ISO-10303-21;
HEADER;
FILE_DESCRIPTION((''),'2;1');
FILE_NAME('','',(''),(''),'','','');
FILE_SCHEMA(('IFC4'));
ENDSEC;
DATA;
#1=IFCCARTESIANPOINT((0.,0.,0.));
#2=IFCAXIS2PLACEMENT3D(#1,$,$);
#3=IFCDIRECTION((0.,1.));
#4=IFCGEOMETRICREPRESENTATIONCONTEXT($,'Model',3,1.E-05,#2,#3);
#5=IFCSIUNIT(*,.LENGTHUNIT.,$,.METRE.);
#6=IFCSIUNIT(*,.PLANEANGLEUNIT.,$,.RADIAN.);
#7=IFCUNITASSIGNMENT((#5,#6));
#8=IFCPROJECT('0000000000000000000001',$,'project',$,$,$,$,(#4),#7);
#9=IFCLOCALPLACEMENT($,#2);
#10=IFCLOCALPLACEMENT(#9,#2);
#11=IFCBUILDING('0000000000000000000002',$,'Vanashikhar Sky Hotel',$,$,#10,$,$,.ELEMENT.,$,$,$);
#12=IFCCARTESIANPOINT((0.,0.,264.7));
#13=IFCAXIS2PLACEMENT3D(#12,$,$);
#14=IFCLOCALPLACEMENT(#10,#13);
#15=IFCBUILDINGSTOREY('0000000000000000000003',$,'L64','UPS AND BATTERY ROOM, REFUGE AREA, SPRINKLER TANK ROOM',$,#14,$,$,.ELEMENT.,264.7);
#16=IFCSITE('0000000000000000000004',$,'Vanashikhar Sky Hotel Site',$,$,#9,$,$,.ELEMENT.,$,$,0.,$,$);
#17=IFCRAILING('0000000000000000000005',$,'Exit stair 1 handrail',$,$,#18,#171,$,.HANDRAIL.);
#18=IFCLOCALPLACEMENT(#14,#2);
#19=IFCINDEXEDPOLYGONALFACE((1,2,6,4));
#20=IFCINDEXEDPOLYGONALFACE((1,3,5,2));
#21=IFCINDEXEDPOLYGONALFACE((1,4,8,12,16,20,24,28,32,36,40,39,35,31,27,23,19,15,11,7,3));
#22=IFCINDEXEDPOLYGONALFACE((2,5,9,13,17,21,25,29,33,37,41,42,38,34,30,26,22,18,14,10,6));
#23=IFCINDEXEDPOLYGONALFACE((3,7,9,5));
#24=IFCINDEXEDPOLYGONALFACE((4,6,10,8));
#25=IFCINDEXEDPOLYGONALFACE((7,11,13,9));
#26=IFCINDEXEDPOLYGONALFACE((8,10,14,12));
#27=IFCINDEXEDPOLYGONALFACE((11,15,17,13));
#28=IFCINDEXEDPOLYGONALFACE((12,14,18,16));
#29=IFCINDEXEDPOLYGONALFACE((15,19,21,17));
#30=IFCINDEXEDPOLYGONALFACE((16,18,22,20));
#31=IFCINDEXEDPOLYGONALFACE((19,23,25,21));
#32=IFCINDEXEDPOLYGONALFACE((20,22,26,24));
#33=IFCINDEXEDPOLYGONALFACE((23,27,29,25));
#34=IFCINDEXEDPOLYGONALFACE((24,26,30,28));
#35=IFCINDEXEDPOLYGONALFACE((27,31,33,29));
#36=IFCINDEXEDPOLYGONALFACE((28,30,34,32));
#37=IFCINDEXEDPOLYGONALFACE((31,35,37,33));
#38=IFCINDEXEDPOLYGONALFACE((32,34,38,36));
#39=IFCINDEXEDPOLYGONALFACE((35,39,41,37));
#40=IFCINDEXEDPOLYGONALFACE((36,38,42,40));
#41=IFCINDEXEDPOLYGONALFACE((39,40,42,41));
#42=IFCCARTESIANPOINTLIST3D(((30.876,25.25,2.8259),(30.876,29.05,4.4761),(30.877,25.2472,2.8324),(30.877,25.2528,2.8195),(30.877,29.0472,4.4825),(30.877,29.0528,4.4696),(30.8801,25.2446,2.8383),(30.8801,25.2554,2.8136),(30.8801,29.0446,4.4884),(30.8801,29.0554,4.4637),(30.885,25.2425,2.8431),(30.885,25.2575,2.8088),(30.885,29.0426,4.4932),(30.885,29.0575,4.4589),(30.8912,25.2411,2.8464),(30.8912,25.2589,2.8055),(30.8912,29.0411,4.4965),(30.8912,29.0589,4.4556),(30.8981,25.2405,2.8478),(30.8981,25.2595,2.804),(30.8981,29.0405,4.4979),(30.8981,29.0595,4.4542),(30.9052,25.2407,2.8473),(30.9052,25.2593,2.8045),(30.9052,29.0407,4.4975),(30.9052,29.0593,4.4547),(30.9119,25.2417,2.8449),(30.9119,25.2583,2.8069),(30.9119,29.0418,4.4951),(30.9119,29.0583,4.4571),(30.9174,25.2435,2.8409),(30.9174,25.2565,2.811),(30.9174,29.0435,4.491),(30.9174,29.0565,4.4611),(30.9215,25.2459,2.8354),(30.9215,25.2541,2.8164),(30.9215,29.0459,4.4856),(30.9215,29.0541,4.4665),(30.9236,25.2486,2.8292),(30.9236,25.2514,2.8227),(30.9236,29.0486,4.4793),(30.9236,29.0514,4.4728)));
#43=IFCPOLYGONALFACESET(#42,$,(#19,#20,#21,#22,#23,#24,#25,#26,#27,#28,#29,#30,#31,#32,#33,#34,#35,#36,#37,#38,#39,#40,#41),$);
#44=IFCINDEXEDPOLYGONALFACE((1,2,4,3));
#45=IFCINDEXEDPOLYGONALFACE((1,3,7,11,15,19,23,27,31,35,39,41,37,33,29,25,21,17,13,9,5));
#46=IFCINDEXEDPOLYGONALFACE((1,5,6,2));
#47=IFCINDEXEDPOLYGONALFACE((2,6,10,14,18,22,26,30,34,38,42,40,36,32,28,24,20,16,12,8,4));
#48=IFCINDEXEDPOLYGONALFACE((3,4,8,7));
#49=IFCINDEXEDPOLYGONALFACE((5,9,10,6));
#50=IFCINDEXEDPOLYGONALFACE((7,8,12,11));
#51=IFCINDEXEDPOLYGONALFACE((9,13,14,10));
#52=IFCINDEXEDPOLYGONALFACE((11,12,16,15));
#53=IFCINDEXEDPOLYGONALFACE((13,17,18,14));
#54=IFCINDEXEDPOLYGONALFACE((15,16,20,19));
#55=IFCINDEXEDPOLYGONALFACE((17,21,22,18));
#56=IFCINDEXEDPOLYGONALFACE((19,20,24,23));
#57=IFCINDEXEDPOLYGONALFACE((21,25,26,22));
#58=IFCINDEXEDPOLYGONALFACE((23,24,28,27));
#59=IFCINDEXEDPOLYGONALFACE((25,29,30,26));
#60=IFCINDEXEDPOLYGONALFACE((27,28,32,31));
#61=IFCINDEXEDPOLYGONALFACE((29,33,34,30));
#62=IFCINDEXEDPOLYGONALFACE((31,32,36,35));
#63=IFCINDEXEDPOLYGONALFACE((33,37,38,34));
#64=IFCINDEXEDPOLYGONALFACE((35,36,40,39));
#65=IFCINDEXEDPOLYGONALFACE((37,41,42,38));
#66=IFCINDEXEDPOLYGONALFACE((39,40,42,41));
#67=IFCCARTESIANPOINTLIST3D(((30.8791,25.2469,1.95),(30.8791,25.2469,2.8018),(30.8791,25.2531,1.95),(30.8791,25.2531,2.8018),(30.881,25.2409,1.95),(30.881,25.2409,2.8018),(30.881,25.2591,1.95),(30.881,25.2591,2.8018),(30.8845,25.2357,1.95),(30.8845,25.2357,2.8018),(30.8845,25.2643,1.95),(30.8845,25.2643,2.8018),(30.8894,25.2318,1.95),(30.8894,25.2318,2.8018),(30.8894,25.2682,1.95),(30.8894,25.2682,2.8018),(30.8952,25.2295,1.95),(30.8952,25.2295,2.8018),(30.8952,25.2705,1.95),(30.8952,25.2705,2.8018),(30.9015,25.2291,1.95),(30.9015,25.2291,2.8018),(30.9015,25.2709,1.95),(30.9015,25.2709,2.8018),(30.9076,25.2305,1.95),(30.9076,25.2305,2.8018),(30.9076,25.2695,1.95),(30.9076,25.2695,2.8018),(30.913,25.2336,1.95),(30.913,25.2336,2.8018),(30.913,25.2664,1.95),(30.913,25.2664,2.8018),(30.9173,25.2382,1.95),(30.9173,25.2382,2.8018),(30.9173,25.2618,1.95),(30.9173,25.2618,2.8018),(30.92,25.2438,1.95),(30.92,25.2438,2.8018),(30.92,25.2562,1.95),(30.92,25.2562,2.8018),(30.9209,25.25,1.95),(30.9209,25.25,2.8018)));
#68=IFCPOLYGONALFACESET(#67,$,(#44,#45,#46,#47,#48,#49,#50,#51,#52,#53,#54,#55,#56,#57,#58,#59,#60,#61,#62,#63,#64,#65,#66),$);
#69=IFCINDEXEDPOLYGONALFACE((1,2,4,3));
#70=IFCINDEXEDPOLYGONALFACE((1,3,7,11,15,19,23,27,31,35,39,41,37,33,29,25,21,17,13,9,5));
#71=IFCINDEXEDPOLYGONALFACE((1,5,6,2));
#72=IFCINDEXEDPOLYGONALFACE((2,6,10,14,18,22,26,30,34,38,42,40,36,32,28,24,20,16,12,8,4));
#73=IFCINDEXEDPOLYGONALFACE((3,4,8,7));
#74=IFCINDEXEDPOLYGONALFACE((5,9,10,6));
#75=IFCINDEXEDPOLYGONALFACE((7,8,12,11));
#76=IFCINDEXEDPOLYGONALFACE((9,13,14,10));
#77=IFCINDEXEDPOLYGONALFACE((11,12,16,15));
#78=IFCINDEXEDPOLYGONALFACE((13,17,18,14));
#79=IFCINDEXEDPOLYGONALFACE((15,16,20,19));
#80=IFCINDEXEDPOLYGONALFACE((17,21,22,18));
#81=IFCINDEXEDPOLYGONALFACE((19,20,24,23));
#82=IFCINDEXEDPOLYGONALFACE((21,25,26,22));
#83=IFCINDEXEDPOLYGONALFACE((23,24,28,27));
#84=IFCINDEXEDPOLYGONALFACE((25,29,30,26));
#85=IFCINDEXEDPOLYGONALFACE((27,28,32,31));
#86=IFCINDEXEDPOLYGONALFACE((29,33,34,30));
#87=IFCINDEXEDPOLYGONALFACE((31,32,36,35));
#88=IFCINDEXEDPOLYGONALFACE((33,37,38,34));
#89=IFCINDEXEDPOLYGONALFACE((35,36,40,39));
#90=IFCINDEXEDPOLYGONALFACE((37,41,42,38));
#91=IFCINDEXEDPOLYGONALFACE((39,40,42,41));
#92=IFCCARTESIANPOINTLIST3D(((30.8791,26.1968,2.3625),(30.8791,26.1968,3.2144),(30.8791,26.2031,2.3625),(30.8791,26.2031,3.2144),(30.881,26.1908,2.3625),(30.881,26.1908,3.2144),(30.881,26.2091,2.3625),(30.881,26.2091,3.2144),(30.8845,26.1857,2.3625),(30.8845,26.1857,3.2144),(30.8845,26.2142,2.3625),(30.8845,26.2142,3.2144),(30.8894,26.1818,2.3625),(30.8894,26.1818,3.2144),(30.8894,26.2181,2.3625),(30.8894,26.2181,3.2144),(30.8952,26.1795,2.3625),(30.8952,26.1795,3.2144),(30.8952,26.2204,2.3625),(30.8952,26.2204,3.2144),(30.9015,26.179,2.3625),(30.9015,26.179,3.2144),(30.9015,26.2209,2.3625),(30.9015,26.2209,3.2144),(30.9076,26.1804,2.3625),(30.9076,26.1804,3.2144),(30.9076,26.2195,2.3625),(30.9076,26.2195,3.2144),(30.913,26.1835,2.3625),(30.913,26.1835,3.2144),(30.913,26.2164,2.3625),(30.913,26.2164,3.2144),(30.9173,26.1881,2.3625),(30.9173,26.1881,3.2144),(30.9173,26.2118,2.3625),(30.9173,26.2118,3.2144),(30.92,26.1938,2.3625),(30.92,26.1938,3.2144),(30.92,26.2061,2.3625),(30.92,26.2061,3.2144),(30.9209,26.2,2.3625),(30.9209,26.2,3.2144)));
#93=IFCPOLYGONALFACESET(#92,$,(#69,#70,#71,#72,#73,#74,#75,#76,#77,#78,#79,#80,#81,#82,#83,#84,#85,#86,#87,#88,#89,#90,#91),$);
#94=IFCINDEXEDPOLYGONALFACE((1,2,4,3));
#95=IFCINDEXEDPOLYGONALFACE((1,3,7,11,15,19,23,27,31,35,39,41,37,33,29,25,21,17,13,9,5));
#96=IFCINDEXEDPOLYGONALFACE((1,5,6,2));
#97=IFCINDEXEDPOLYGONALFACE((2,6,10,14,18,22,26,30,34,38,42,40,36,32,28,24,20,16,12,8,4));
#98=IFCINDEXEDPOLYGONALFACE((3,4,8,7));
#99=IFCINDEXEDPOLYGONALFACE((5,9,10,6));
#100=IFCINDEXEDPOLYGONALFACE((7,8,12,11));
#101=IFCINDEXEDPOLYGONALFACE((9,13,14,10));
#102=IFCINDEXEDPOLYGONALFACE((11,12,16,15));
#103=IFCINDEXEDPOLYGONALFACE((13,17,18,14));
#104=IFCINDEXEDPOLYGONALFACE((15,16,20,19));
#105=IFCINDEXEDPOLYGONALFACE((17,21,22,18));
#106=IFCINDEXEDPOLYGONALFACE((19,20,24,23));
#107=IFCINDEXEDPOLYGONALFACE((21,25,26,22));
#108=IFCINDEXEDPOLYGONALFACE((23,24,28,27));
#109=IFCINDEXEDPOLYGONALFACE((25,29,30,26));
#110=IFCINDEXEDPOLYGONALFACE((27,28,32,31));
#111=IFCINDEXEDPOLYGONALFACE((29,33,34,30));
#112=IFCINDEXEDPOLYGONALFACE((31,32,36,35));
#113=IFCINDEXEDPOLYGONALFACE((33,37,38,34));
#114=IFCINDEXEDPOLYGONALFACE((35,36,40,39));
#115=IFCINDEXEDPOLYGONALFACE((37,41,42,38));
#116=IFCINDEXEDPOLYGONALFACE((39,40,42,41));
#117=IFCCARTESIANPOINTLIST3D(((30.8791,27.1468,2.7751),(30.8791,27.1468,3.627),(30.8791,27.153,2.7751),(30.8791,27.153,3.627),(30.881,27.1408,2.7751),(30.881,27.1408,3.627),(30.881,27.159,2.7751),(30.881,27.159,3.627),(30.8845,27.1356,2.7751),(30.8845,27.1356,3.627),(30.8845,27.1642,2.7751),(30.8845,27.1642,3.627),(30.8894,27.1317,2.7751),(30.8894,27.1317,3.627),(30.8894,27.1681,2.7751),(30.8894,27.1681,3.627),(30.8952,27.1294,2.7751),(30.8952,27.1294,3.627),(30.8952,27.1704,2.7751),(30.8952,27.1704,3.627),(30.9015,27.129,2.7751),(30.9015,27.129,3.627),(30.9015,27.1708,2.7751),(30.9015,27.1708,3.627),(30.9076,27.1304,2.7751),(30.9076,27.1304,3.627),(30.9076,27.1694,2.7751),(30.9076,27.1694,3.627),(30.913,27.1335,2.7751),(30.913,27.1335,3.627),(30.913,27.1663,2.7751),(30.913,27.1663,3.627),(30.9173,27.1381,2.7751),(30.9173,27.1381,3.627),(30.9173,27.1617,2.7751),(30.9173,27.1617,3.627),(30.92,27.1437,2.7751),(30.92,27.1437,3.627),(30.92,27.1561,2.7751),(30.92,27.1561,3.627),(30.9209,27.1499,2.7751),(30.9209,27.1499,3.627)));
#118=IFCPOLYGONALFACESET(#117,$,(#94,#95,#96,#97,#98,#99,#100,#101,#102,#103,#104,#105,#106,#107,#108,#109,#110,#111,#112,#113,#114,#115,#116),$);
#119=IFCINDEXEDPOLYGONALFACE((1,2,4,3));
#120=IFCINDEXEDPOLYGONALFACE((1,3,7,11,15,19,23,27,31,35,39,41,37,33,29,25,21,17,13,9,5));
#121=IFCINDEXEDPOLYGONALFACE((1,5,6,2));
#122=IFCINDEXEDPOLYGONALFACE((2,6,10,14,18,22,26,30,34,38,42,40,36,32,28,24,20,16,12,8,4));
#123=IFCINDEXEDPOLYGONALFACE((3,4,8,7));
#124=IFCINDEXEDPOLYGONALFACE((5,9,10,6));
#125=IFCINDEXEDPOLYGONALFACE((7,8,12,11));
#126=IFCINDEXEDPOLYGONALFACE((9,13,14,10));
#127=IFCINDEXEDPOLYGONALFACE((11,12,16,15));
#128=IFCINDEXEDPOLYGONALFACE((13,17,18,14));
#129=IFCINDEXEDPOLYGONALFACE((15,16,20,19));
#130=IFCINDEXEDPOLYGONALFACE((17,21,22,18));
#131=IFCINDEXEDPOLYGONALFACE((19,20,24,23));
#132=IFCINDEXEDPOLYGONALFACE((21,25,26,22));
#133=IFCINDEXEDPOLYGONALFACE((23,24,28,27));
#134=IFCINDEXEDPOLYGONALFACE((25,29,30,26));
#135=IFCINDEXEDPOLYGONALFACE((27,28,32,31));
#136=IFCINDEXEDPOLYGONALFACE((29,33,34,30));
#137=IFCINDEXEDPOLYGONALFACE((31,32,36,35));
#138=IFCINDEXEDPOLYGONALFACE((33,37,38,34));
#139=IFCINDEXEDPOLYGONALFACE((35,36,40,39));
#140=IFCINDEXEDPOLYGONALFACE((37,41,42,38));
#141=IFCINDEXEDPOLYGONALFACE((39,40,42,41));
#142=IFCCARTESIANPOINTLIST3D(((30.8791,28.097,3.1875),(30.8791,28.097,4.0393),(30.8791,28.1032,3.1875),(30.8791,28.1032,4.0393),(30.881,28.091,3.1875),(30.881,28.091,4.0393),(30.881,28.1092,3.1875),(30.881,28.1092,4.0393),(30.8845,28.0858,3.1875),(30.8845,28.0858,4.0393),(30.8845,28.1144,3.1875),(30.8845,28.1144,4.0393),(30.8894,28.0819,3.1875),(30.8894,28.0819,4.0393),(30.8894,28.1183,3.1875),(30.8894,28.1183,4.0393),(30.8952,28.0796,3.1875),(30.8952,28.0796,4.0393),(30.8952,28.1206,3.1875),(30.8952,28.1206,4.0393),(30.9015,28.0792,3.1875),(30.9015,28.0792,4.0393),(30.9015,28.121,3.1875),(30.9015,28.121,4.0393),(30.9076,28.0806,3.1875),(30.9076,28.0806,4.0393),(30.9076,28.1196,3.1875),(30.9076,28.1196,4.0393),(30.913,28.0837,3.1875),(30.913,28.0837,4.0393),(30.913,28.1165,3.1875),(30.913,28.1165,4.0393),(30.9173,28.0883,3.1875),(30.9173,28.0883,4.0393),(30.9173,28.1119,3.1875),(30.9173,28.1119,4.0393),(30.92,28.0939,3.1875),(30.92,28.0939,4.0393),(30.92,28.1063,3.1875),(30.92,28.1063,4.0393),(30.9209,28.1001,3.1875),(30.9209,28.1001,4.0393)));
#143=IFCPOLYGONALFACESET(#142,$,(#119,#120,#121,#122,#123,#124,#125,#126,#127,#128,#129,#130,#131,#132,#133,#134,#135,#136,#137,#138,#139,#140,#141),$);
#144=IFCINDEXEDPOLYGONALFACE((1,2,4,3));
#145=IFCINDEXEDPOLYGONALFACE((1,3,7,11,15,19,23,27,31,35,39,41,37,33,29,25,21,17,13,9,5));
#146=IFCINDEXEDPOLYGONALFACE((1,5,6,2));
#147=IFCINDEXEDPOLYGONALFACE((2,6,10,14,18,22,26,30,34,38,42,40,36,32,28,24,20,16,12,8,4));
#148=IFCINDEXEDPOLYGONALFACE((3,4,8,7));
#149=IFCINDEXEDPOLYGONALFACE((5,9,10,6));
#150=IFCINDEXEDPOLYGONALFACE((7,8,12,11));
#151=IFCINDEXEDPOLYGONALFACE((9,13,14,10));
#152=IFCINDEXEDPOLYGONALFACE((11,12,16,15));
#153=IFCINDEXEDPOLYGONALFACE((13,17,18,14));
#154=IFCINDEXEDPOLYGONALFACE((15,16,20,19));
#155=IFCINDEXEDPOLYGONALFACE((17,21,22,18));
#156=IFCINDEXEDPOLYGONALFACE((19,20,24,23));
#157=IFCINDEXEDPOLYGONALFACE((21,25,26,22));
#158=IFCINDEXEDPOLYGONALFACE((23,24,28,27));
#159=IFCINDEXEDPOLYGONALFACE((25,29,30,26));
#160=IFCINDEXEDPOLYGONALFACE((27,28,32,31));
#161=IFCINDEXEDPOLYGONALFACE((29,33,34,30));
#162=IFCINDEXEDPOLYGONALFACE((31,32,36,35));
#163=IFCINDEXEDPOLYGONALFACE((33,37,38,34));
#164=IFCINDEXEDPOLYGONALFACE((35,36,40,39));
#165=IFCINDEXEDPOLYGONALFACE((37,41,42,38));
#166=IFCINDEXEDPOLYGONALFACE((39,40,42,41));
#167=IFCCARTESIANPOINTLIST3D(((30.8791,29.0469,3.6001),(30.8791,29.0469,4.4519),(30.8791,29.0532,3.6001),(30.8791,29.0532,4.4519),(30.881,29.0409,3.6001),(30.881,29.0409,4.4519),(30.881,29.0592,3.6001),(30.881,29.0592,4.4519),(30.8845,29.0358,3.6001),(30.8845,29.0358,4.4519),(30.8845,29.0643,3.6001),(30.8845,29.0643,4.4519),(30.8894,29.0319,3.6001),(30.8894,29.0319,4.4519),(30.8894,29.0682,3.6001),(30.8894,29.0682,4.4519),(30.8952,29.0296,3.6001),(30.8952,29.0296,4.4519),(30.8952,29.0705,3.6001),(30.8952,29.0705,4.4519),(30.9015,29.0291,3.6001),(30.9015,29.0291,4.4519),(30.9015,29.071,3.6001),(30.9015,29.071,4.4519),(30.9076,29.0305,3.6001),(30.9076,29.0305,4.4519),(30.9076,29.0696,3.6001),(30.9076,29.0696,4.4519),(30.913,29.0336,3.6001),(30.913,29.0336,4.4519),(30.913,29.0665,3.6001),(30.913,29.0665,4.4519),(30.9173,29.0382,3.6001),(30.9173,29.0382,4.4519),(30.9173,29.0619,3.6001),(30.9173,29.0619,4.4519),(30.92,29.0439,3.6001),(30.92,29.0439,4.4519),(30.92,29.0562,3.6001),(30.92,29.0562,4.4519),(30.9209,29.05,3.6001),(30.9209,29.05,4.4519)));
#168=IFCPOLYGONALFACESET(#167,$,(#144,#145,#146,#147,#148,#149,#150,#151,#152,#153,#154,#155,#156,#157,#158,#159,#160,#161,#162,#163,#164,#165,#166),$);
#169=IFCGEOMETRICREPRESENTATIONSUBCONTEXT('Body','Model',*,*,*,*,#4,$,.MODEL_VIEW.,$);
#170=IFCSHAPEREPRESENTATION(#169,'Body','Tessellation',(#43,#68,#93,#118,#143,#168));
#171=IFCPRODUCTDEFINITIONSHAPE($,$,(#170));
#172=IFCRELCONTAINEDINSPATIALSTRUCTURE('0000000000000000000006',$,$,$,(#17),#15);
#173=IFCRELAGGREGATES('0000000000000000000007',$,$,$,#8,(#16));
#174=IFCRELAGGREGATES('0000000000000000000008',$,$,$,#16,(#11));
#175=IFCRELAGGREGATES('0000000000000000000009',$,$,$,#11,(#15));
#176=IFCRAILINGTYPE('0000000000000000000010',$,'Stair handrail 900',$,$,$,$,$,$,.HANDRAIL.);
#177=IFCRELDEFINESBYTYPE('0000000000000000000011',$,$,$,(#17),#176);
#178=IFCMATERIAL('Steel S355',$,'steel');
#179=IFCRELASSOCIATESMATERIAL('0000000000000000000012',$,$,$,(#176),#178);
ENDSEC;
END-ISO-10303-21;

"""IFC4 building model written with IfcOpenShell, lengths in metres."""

from ifc_helpers import new_model, si_unit, direction, frame, origin, origin_2d, place, context, subcontext, project, spatial, circle, extrude, source, transform, mapped, material, type_object, element, save


model = new_model("IFC4")

# Units and contexts
model_context = context("Model", 3, precision=1e-05, world=origin(), true_north=direction((0.0, 1.0)))
body_context = subcontext(model_context, "Body", "Model", "MODEL_VIEW")
ifc_project = project(units=[si_unit("LENGTHUNIT", "METRE"), si_unit("PLANEANGLEUNIT", "RADIAN")], contexts=[model_context])

# Site, building, storey
site_placement = place(None, origin())
site = spatial("IfcSite", under=ifc_project, at=site_placement, Name="Vanashikhar Sky Hotel Site", CompositionType="ELEMENT", RefElevation=0.0)
building_placement = place(site_placement, origin())
building = spatial("IfcBuilding", under=site, at=building_placement, Name="Vanashikhar Sky Hotel", CompositionType="ELEMENT")
storey_placement = place(building_placement, frame((0.0, 0.0, 264.7)))
storey = spatial("IfcBuildingStorey", under=building, at=storey_placement, Name="L64", Description="UPS AND BATTERY ROOM, REFUGE AREA, SPRINKLER TANK ROOM", CompositionType="ELEMENT", Elevation=264.7)

# Railing
ifc_material_1 = material(Name="Steel S355", Category="steel")
railing_type_1 = type_object("IfcRailingType", Name="Stair handrail 900", PredefinedType="HANDRAIL", material=ifc_material_1)
shared_shape_1 = source(origin(), body_context, "Body", "SweptSolid", [
    extrude(circle(Radius=0.0239, at=origin_2d()), frame((0.0, 0.0, 0.876), z_axis=(0.0, 0.917251, 0.39831), x_axis=(-1.0, 0.0, 0.0)), (0.0, 0.0, 1.0), 4.1428),
    extrude(circle(Radius=0.021, at=origin_2d()), origin(), (0.0, 0.0, 1.0), 0.8518),
    extrude(circle(Radius=0.021, at=origin_2d()), frame((0.0, 0.95, 0.4126)), (0.0, 0.0, 1.0), 0.8518),
    extrude(circle(Radius=0.021, at=origin_2d()), frame((0.0, 1.8999, 0.8252)), (0.0, 0.0, 1.0), 0.8518),
    extrude(circle(Radius=0.021, at=origin_2d()), frame((0.0, 2.8501, 1.2375)), (0.0, 0.0, 1.0), 0.8518),
    extrude(circle(Radius=0.021, at=origin_2d()), frame((0.0, 3.8, 1.6501)), (0.0, 0.0, 1.0), 0.8518),
])
for number, where, name in (
    (1, (30.8999, 25.25, 1.95), "Exit stair 1 handrail"),
):
    element("IfcRailing", number, at=place(storey_placement, frame(where)), inside=storey, type_object=railing_type_1, Name=name, PredefinedType="HANDRAIL", context=body_context, shape_type="MappedRepresentation", body=[
        mapped(shared_shape_1, transform((0.0, 0.0, 0.0), scale=1.0)),
    ])

save(model, "model.ifc")
